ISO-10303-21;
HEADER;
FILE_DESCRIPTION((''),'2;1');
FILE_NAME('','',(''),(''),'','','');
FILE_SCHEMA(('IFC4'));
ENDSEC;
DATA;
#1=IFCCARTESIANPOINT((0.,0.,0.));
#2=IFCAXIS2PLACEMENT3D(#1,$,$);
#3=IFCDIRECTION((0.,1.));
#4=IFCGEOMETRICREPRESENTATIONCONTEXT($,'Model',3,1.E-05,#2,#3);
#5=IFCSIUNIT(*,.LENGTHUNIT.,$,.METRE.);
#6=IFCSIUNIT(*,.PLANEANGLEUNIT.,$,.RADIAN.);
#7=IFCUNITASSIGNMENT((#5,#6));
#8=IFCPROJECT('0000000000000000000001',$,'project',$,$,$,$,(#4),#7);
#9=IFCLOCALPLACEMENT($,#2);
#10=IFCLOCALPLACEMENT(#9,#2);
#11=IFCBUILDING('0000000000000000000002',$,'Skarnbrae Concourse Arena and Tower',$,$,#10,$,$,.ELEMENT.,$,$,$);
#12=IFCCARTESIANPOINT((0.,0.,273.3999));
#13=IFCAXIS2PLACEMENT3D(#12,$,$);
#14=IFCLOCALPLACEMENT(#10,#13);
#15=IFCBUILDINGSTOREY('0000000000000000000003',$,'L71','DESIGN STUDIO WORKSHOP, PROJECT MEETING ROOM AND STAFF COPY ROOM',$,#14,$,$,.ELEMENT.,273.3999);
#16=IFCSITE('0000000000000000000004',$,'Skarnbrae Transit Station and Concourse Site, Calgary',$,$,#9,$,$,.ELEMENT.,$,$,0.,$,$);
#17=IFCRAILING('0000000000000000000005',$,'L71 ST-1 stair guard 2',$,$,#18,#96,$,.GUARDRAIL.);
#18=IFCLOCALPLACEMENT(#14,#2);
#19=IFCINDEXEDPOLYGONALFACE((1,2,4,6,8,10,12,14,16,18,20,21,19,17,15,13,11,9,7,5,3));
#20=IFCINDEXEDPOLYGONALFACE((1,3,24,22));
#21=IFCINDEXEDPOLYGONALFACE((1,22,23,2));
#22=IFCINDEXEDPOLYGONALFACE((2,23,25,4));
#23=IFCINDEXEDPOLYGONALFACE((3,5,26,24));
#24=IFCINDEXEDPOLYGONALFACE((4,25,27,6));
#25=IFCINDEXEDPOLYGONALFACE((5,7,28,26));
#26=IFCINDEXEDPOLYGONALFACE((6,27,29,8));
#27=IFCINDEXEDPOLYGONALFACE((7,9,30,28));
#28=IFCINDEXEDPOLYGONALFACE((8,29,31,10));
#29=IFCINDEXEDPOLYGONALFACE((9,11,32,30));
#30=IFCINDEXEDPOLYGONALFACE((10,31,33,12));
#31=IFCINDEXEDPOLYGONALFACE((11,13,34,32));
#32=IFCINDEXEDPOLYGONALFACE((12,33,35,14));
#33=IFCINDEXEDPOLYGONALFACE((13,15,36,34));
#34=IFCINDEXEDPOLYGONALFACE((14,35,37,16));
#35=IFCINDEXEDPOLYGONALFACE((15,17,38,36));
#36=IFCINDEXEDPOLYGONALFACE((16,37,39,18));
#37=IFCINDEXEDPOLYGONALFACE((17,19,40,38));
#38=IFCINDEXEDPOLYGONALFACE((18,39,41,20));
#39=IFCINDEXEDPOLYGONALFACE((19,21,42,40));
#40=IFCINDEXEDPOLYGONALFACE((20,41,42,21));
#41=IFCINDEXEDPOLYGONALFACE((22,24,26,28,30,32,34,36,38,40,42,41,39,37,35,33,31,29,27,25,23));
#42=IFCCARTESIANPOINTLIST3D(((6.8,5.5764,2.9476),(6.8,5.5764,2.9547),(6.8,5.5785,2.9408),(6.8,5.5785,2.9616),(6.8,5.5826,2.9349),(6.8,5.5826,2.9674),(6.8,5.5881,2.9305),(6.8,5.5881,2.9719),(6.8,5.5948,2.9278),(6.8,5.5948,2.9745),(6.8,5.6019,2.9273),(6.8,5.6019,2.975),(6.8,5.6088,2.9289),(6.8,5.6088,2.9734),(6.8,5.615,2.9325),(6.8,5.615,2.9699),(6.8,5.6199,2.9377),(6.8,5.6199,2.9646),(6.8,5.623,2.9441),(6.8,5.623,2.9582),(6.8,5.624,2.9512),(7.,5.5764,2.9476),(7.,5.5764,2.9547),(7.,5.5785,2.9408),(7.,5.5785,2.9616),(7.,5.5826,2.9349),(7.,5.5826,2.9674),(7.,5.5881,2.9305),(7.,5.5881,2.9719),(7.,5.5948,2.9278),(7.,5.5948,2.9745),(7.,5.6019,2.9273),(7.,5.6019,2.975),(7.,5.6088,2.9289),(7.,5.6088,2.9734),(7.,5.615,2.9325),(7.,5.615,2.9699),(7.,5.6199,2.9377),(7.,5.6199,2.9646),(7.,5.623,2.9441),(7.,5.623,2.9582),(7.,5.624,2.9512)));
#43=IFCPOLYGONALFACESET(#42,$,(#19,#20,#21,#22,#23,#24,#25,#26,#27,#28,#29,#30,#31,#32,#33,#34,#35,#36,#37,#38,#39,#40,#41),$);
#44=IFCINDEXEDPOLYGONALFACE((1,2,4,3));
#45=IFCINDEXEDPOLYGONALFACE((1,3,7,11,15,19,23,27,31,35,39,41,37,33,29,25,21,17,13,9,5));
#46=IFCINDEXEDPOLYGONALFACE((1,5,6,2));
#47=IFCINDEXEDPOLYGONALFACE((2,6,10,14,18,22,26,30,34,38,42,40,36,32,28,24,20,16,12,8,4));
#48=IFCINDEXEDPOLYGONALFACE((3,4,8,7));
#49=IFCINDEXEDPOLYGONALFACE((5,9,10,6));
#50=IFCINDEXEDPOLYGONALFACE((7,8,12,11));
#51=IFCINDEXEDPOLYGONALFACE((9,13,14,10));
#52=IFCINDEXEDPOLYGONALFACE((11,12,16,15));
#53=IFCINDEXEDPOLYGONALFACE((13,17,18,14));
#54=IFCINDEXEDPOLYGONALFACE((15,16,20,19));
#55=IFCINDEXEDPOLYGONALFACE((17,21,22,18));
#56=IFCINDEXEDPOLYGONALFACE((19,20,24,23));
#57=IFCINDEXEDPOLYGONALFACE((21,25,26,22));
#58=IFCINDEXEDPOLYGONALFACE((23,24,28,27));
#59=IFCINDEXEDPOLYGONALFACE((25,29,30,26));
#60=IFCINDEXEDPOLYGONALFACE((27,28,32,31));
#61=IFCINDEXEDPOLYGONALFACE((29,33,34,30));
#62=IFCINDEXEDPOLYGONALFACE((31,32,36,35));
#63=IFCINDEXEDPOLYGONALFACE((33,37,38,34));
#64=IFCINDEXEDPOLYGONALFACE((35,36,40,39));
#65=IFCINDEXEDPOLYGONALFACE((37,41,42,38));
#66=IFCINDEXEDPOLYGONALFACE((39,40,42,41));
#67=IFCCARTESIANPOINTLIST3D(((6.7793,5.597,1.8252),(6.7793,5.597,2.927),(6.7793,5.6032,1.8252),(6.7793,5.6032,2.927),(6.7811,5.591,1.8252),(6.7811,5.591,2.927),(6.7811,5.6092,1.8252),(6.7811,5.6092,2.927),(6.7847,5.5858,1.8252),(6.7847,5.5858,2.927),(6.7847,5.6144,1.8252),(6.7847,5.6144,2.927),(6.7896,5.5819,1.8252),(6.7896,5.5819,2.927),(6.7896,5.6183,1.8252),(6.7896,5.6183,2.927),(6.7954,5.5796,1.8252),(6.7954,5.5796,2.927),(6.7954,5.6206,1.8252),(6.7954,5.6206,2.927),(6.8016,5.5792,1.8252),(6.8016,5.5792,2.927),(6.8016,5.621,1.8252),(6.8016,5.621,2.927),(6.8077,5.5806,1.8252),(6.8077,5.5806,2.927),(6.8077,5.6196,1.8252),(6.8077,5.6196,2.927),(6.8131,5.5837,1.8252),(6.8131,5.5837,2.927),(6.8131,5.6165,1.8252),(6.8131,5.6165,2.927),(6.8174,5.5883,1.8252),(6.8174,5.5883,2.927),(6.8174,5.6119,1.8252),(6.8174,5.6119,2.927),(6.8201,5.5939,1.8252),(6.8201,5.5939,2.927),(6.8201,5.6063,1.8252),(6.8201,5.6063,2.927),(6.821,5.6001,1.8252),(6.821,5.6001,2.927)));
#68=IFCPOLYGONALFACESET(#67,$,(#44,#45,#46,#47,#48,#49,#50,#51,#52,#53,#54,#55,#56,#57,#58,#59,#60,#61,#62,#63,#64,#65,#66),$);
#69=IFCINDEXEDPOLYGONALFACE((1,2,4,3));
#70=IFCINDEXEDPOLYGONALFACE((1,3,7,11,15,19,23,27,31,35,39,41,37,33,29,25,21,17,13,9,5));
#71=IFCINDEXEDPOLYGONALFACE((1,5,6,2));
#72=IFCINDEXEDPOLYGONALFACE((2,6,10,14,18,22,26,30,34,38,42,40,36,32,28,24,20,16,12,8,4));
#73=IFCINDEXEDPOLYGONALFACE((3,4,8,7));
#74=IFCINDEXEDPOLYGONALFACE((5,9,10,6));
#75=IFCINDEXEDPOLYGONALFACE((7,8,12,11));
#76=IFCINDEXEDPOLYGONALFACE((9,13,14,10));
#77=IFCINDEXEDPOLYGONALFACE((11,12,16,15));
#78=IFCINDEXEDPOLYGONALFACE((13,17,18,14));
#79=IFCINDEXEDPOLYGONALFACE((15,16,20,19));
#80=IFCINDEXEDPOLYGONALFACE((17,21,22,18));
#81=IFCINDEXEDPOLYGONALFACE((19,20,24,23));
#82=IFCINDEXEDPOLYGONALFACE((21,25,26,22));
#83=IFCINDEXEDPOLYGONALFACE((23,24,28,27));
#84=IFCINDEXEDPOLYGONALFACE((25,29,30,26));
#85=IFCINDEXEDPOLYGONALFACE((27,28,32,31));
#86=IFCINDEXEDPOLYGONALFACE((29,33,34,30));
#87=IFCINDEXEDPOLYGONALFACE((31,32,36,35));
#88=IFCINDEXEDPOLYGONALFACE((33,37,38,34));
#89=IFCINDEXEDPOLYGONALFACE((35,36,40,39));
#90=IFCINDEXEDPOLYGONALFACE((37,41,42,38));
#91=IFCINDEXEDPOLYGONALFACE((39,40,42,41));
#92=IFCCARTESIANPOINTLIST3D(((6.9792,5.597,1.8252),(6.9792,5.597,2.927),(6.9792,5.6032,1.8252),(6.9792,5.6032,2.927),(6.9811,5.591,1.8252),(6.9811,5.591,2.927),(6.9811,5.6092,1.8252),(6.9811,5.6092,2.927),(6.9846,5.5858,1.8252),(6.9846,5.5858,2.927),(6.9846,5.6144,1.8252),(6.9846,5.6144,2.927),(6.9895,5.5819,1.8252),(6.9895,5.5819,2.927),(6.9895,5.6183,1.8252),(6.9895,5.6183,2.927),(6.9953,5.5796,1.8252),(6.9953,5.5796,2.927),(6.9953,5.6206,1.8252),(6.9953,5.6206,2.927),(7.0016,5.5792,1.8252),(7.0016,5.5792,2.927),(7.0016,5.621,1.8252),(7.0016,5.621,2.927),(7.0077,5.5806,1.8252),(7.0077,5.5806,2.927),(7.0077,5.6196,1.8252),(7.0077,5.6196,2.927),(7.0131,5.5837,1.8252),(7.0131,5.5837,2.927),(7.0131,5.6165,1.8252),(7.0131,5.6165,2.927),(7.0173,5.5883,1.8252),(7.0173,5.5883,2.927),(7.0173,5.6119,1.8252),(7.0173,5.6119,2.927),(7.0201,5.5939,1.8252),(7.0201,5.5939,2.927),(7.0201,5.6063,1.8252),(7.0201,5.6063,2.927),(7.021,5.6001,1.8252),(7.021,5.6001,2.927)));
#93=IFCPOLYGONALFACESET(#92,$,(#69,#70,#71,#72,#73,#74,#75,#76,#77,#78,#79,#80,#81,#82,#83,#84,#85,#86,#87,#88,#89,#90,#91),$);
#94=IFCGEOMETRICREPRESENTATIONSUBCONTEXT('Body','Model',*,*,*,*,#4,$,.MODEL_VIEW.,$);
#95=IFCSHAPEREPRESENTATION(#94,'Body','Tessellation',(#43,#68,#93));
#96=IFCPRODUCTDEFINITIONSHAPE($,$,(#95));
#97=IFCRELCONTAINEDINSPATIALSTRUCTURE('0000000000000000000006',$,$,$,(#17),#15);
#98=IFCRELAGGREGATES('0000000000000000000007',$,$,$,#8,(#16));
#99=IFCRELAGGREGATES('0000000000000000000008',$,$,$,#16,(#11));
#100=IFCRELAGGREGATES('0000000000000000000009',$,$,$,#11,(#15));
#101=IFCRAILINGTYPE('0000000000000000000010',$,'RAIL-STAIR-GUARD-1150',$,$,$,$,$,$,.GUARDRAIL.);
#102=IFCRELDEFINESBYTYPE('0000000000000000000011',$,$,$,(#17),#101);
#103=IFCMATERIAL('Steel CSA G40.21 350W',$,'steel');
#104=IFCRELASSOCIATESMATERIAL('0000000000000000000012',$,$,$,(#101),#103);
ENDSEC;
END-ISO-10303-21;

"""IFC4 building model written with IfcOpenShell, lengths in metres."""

from ifc_helpers import new_model, si_unit, direction, frame, origin, origin_2d, place, context, subcontext, project, spatial, circle, extrude, material, type_object, element, save


model = new_model("IFC4")

# Units and contexts
model_context = context("Model", 3, precision=1e-05, world=origin(), true_north=direction((0.0, 1.0)))
body_context = subcontext(model_context, "Body", "Model", "MODEL_VIEW")
ifc_project = project(units=[si_unit("LENGTHUNIT", "METRE"), si_unit("PLANEANGLEUNIT", "RADIAN")], contexts=[model_context])

# Site, building, storey
site_placement = place(None, origin())
site = spatial("IfcSite", under=ifc_project, at=site_placement, Name="Skarnbrae Transit Station and Concourse Site, Calgary", CompositionType="ELEMENT", RefElevation=0.0)
building_placement = place(site_placement, origin())
building = spatial("IfcBuilding", under=site, at=building_placement, Name="Skarnbrae Concourse Arena and Tower", CompositionType="ELEMENT")
storey_placement = place(building_placement, frame((0.0, 0.0, 273.3999)))
storey = spatial("IfcBuildingStorey", under=building, at=storey_placement, Name="L71", Description="DESIGN STUDIO WORKSHOP, PROJECT MEETING ROOM AND STAFF COPY ROOM", CompositionType="ELEMENT", Elevation=273.3999)

# Shared definitions
ifc_material_1 = material(Name="Steel CSA G40.21 350W", Category="steel")

# Railing
railing_type_1 = type_object("IfcRailingType", Name="RAIL-STAIR-GUARD-1150", PredefinedType="GUARDRAIL", material=ifc_material_1)
railing_1_placement = place(storey_placement, frame((6.8, 5.6001, 1.8252)))
element("IfcRailing", 1, at=railing_1_placement, inside=storey, type_object=railing_type_1, Name="L71 ST-1 stair guard 2", PredefinedType="GUARDRAIL", context=body_context, shape_type="SweptSolid", body=[
    extrude(circle(Radius=0.0239, at=origin_2d()), frame((0.0, 0.0, 1.126), z_axis=(1.0, 0.0, 0.0), x_axis=(0.0, 1.0, 0.0)), (0.0, 0.0, 1.0), 0.2),
    extrude(circle(Radius=0.021, at=origin_2d()), origin(), (0.0, 0.0, 1.0), 1.1018),
    extrude(circle(Radius=0.021, at=origin_2d()), frame((0.2, 0.0, 0.0)), (0.0, 0.0, 1.0), 1.1018),
])

save(model, "model.ifc")
